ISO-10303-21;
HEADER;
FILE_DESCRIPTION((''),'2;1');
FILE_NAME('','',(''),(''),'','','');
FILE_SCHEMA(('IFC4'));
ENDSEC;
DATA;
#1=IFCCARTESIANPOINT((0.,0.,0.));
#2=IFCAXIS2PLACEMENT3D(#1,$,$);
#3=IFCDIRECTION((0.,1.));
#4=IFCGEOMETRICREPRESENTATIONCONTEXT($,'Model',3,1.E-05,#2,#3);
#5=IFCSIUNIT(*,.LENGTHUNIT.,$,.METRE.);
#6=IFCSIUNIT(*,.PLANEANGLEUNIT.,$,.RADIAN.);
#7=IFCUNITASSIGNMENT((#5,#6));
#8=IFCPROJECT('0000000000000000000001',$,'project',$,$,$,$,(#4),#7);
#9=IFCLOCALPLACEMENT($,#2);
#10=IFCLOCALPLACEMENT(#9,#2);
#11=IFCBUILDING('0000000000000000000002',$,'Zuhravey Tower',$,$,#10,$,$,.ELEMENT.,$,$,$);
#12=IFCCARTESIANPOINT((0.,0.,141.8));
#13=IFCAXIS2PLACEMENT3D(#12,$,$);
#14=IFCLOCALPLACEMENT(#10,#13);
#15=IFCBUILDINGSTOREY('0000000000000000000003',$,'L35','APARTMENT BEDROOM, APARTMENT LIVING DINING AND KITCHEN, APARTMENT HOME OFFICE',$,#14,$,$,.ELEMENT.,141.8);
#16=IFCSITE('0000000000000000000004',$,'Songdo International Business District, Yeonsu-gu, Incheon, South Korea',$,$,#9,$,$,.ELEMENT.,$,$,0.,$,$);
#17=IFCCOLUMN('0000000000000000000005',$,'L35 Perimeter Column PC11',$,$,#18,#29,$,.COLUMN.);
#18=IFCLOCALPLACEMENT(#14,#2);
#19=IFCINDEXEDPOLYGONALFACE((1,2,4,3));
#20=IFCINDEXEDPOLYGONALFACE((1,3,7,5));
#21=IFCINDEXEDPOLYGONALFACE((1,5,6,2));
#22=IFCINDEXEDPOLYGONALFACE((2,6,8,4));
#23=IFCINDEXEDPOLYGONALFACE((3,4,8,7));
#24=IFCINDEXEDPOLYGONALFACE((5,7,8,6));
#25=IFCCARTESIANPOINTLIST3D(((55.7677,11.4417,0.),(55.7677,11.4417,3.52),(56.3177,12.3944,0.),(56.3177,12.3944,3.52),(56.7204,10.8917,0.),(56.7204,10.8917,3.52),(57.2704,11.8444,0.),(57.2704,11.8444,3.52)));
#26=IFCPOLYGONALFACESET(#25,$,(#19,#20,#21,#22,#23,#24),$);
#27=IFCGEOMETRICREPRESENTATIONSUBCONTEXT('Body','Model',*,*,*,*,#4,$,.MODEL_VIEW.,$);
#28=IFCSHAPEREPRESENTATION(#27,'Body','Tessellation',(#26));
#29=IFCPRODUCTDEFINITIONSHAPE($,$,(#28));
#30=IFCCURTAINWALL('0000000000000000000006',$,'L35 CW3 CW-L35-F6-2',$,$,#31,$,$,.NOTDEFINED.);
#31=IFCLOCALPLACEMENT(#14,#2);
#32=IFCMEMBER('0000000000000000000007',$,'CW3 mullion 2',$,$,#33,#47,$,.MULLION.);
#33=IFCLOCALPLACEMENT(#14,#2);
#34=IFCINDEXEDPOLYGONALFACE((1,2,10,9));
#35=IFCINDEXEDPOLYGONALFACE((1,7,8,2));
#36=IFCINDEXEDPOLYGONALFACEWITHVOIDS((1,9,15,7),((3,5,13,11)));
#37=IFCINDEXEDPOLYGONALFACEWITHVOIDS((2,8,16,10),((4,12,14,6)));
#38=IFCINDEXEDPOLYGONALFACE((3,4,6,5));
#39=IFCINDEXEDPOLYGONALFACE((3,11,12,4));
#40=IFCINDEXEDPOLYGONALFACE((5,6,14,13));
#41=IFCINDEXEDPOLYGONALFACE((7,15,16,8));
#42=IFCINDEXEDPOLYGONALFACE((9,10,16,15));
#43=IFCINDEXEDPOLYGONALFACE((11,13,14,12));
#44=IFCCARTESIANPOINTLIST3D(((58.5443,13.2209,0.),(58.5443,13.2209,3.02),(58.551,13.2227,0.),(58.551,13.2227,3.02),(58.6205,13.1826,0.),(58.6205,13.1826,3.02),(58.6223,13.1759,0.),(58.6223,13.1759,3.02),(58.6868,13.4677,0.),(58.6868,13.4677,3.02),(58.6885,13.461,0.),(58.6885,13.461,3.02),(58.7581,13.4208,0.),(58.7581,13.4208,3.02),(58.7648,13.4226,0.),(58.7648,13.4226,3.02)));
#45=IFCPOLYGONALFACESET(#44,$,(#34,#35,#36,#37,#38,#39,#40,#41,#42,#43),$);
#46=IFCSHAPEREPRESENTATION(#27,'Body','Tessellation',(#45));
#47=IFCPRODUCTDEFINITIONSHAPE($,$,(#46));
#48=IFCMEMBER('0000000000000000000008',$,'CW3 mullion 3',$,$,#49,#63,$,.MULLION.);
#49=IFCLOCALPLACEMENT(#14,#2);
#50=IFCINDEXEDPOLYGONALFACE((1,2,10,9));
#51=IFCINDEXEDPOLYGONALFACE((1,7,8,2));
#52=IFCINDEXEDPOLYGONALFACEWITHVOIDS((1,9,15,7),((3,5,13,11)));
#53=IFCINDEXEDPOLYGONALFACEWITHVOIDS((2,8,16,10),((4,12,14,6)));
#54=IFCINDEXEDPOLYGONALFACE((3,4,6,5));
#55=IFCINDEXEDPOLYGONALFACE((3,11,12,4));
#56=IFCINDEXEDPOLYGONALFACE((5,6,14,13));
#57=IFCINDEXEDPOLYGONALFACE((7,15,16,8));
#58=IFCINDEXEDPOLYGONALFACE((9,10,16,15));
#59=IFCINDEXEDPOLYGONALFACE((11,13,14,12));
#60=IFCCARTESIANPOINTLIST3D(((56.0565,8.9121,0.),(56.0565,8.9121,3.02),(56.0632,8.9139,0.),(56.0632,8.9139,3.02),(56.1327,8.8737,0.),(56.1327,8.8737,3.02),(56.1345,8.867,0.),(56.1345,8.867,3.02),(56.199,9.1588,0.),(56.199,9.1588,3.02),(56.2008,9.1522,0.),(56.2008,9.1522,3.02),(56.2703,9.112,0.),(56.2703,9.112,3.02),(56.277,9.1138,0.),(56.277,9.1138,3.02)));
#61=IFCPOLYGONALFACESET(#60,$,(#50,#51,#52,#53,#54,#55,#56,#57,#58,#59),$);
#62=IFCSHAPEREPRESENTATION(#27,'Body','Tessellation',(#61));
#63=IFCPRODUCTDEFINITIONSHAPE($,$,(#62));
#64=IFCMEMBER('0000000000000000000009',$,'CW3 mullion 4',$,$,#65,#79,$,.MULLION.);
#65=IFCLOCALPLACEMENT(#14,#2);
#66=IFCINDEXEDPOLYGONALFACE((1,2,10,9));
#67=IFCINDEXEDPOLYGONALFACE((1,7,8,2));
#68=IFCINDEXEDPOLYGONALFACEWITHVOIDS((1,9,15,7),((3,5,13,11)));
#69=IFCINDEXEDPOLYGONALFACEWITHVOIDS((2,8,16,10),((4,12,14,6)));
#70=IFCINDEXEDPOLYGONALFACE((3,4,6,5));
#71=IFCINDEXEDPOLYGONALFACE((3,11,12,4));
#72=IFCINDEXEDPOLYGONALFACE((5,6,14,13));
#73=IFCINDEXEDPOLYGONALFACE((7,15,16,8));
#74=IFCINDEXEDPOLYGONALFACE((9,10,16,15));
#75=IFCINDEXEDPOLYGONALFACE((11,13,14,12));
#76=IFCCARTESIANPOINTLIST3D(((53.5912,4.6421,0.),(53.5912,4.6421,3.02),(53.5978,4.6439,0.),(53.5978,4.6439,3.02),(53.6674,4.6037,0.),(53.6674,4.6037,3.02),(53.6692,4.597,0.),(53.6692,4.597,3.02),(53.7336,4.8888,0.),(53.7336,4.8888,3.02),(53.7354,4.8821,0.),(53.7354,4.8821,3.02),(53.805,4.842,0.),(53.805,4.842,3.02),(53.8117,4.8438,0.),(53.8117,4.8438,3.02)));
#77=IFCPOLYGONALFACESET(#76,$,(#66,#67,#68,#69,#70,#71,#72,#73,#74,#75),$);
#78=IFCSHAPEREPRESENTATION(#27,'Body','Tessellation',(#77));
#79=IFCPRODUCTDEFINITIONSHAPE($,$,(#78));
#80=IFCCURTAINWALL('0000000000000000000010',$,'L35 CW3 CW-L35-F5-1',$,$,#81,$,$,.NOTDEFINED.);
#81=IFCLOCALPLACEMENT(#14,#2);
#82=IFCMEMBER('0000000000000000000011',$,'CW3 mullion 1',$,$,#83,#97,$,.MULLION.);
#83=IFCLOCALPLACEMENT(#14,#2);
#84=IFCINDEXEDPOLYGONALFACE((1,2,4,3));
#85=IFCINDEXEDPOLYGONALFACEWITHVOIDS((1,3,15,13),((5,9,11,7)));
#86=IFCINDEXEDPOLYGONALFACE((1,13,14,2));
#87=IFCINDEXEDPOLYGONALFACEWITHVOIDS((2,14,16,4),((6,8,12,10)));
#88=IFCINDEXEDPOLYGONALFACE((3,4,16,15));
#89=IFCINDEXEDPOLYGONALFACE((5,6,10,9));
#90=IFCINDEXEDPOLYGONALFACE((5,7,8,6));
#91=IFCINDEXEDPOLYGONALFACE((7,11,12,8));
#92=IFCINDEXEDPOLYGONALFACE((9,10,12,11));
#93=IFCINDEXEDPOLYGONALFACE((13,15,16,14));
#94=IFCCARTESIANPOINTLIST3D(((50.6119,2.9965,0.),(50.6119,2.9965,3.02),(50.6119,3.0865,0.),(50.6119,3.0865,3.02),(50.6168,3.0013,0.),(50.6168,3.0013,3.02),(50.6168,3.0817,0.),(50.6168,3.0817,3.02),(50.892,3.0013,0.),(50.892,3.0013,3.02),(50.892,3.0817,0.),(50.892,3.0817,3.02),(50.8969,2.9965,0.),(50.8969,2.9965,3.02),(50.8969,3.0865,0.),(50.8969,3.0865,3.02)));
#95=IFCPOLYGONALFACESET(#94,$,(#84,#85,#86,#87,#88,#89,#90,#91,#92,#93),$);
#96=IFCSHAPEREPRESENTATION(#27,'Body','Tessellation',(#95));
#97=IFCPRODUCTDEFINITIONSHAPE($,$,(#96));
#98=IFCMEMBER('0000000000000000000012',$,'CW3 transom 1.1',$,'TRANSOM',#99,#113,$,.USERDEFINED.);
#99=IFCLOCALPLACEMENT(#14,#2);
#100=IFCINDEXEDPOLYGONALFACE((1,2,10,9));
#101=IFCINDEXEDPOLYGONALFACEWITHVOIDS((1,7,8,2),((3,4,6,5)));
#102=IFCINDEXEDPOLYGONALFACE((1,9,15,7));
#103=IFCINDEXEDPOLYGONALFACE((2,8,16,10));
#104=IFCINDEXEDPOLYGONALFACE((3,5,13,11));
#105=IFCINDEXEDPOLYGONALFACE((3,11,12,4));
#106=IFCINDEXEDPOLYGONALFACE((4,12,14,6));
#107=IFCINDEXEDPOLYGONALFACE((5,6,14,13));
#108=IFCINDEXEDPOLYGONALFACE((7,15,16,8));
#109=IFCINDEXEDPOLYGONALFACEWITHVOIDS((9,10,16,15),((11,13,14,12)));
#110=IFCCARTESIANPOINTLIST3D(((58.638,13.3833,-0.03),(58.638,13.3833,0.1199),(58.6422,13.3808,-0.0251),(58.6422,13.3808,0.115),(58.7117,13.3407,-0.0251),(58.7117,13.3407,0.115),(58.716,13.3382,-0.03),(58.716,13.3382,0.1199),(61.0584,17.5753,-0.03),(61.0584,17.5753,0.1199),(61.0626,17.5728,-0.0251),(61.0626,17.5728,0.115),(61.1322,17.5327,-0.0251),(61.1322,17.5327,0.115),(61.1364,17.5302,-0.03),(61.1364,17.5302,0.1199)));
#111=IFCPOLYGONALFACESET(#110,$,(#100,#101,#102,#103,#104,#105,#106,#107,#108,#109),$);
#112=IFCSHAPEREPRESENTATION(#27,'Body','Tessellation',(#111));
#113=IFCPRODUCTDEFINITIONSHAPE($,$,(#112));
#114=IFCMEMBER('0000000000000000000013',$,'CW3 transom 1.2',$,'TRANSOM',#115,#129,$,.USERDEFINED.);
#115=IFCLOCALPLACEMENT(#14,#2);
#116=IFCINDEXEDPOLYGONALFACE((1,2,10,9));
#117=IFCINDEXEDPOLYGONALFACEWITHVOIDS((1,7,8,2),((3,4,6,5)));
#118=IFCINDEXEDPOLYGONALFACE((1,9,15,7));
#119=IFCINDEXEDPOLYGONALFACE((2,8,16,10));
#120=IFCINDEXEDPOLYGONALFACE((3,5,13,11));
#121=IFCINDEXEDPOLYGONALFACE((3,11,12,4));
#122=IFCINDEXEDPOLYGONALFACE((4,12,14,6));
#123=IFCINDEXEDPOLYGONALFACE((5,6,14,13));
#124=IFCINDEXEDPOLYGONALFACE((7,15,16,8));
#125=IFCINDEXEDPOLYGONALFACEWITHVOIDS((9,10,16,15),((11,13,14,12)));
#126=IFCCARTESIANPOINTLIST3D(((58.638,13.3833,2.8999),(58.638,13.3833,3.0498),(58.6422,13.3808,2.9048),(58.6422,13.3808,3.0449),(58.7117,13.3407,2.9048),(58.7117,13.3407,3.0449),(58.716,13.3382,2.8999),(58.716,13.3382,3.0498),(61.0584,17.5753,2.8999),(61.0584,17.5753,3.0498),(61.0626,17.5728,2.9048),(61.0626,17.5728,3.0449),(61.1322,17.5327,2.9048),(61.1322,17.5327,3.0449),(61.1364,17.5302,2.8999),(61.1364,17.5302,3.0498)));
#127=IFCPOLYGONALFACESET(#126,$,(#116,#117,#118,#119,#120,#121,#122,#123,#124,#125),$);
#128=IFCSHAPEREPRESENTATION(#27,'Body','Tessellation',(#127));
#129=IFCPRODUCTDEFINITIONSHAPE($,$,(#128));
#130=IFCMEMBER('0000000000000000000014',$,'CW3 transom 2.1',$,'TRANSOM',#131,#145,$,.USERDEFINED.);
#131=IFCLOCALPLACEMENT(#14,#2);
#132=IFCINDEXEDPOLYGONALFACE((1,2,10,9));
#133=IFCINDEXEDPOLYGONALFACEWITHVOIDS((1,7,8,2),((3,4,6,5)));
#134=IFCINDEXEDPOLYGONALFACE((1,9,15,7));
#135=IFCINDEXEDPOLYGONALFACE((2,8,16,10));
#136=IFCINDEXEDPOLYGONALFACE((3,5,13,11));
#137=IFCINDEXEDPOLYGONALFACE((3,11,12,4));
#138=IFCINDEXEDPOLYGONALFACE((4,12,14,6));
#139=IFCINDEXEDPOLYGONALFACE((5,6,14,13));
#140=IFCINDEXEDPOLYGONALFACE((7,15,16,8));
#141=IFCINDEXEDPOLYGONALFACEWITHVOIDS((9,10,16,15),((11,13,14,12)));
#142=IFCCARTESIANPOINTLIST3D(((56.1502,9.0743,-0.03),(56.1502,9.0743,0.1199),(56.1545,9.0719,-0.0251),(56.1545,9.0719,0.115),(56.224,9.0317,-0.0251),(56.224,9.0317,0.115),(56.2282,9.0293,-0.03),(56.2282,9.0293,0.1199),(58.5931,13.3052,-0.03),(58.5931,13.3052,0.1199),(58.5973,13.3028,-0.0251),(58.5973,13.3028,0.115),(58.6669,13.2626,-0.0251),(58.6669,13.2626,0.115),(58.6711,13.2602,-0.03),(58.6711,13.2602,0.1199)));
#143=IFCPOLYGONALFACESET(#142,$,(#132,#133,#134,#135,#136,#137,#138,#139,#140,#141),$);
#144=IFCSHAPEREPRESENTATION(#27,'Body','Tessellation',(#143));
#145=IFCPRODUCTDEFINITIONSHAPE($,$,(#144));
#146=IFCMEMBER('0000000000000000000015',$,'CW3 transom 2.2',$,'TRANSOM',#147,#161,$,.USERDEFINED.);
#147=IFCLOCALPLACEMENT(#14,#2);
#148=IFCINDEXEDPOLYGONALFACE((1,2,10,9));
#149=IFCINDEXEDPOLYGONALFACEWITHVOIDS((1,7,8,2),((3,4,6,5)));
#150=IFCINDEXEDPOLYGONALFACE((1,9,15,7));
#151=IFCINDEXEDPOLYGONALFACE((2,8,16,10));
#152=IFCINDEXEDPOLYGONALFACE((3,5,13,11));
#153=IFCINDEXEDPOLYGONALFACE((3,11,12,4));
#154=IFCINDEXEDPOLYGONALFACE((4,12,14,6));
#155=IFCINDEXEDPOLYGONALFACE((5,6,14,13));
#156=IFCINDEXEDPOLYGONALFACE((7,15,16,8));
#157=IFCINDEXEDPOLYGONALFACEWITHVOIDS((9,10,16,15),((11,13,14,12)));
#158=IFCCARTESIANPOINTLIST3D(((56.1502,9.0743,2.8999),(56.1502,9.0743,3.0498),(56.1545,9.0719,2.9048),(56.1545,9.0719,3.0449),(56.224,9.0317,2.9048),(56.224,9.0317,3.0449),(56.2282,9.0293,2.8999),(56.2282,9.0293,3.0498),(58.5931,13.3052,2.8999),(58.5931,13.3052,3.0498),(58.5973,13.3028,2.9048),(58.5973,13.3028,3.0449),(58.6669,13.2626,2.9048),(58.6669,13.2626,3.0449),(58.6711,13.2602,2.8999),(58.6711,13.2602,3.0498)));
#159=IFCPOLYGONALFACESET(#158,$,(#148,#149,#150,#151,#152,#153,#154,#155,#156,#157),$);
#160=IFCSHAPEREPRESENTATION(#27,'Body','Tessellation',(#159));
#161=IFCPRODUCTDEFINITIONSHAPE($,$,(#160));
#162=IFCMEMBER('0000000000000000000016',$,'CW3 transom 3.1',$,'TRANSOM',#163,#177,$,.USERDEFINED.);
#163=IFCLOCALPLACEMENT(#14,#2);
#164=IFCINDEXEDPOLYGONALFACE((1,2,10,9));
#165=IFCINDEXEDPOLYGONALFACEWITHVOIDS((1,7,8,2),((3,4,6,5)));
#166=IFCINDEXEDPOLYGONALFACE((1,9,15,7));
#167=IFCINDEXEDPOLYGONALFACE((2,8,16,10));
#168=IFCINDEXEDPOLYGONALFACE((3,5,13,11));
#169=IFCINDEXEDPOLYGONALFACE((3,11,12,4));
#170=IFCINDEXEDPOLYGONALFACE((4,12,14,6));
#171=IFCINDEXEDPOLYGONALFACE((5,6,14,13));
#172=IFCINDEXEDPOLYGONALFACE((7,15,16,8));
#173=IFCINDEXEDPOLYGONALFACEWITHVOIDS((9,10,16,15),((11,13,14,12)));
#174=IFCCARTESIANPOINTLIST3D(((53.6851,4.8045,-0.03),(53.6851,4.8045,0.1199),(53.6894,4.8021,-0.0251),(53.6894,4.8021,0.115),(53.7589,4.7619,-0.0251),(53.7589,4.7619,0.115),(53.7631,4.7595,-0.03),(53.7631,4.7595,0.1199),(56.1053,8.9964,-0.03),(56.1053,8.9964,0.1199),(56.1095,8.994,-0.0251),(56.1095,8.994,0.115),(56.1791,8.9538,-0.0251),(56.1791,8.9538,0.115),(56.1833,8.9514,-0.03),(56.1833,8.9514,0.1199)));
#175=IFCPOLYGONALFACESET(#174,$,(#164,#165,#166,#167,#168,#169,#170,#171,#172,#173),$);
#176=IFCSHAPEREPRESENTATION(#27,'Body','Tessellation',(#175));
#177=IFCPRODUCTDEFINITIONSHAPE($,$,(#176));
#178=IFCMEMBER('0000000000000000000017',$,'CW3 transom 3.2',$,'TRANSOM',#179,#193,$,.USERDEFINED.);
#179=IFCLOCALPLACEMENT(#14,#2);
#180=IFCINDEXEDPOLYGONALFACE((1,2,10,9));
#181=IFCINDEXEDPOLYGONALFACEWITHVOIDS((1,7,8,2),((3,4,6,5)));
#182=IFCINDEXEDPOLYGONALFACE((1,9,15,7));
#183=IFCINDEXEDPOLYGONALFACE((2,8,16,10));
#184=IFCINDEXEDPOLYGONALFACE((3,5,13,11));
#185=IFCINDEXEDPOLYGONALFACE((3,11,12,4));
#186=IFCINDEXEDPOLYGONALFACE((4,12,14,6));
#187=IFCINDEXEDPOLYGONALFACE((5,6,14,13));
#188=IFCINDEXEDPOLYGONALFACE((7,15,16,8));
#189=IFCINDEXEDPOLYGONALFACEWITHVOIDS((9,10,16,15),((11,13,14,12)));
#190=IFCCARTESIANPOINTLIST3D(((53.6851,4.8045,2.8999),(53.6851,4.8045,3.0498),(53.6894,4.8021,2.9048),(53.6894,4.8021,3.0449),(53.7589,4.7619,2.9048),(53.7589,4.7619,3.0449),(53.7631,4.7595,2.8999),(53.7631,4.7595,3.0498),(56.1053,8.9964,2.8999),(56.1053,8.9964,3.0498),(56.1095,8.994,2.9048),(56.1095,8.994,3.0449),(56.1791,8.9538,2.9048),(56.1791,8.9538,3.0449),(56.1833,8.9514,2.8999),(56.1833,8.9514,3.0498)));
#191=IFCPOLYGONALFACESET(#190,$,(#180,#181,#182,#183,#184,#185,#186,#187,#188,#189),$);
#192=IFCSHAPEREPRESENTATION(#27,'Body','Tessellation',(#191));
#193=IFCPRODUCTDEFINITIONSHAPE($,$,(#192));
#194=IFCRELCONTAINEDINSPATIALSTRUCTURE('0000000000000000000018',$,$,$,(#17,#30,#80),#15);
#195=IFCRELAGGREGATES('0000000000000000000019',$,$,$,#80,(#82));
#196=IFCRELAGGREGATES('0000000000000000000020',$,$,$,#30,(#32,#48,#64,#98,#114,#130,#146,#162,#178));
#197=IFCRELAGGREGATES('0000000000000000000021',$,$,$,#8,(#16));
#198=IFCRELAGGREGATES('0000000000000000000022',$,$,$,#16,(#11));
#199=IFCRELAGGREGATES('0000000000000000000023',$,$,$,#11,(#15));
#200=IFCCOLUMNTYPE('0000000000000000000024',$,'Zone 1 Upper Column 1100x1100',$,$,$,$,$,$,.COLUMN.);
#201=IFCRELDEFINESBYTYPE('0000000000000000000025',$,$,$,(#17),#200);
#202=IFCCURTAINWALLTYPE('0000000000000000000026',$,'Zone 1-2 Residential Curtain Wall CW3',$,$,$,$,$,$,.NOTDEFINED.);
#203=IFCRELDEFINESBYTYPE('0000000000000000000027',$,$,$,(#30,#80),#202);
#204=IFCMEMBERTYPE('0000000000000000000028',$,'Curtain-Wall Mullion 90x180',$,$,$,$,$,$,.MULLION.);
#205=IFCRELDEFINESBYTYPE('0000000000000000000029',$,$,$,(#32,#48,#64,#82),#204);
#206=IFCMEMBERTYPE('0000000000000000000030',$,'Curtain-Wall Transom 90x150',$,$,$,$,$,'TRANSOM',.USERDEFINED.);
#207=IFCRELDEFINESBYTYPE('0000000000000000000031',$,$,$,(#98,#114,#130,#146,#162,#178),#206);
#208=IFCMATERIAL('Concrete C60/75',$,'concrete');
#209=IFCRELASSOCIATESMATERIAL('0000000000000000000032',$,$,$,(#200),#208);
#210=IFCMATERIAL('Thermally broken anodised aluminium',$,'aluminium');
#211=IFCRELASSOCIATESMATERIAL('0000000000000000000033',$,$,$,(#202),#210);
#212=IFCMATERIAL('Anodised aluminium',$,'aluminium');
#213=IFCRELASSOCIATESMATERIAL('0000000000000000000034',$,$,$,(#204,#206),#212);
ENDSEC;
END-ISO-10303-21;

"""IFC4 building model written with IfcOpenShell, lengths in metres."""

from ifc_helpers import new_model, si_unit, direction, frame, origin, origin_2d, place, context, subcontext, project, spatial, rectangle, hollow_rectangle, extrude, material, material_profile, profile_set, type_object, element, aggregate, save


model = new_model("IFC4")

# Units and contexts
model_context = context("Model", 3, precision=1e-05, world=origin(), true_north=direction((0.0, 1.0)))
body_context = subcontext(model_context, "Body", "Model", "MODEL_VIEW")
ifc_project = project(units=[si_unit("LENGTHUNIT", "METRE"), si_unit("PLANEANGLEUNIT", "RADIAN")], contexts=[model_context])

# Site, building, storey
site_placement = place(None, origin())
site = spatial("IfcSite", under=ifc_project, at=site_placement, Name="Songdo International Business District, Yeonsu-gu, Incheon, South Korea", CompositionType="ELEMENT", RefElevation=0.0)
building_placement = place(site_placement, origin())
building = spatial("IfcBuilding", under=site, at=building_placement, Name="Zuhravey Tower", CompositionType="ELEMENT")
storey_placement = place(building_placement, frame((0.0, 0.0, 141.8)))
storey = spatial("IfcBuildingStorey", under=building, at=storey_placement, Name="L35", Description="APARTMENT BEDROOM, APARTMENT LIVING DINING AND KITCHEN, APARTMENT HOME OFFICE", CompositionType="ELEMENT", Elevation=141.8)

# Column
ifc_material_1 = material(Name="Concrete C60/75", Category="concrete")
ifc_material_profile_1 = material_profile(ifc_material_1, rectangle(XDim=1.1001, YDim=1.1001, at=origin_2d()), Name="RC-1100x1100")
ifc_profile_set_1 = profile_set([ifc_material_profile_1], Name="Concrete C60/75")
column_type = type_object("IfcColumnType", Name="Zone 1 Upper Column 1100x1100", PredefinedType="COLUMN", material=ifc_profile_set_1)
column_placement = place(storey_placement, frame((56.519, 11.6431, 0.0), z_axis=(0.0, 0.0, 1.0), x_axis=(0.5, 0.866025, 0.0)))
element("IfcColumn", 1, at=column_placement, inside=storey, type_object=column_type, Name="L35 Perimeter Column PC11", PredefinedType="COLUMN", context=body_context, shape_type="SweptSolid", body=[
    extrude(rectangle(XDim=1.1001, YDim=1.1001, at=origin_2d()), origin(), (0.0, 0.0, 1.0), 3.52),
])

# Curtain wall, members
ifc_material_2 = material(Name="Thermally broken anodised aluminium", Category="aluminium")
curtain_wall_type = type_object("IfcCurtainWallType", Name="Zone 1-2 Residential Curtain Wall CW3", PredefinedType="NOTDEFINED", material=ifc_material_2)
curtain_wall_1_placement = place(storey_placement, origin())
curtain_wall_1 = element("IfcCurtainWall", 2, at=curtain_wall_1_placement, inside=storey, type_object=curtain_wall_type, Name="L35 CW3 CW-L35-F6-2", PredefinedType="NOTDEFINED")
ifc_material_3 = material(Name="Anodised aluminium", Category="aluminium")
ifc_material_profile_2 = material_profile(ifc_material_3, hollow_rectangle(XDim=0.0901, YDim=0.2849, WallThickness=0.0049, at=origin_2d()), Name="ALU-RHS-90x285x5")
ifc_profile_set_2 = profile_set([ifc_material_profile_2], Name="Anodised aluminium")
member_type_1 = type_object("IfcMemberType", Name="Curtain-Wall Mullion 90x180", PredefinedType="MULLION", material=ifc_profile_set_2)
member_1_placement = place(storey_placement, frame((58.6545, 13.3218, 0.0), z_axis=(0.0, 0.0, 1.0), x_axis=(0.866023, -0.500003, 0.0)))
member_1 = element("IfcMember", 3, at=member_1_placement, type_object=member_type_1, Name="CW3 mullion 2", PredefinedType="MULLION", context=body_context, shape_type="SweptSolid", body=[
    extrude(hollow_rectangle(XDim=0.0901, YDim=0.2849, WallThickness=0.0049, at=origin_2d()), origin(), (0.0, 0.0, 1.0), 3.02),
])
member_2_placement = place(storey_placement, frame((56.1667, 9.0129, 0.0), z_axis=(0.0, 0.0, 1.0), x_axis=(0.866023, -0.500003, 0.0)))
member_2 = element("IfcMember", 4, at=member_2_placement, type_object=member_type_1, Name="CW3 mullion 3", PredefinedType="MULLION", context=body_context, shape_type="SweptSolid", body=[
    extrude(hollow_rectangle(XDim=0.0901, YDim=0.2849, WallThickness=0.0049, at=origin_2d()), origin(), (0.0, 0.0, 1.0), 3.02),
])
member_3_placement = place(storey_placement, frame((53.7014, 4.7429, 0.0), z_axis=(0.0, 0.0, 1.0), x_axis=(0.866023, -0.500003, 0.0)))
member_3 = element("IfcMember", 5, at=member_3_placement, type_object=member_type_1, Name="CW3 mullion 4", PredefinedType="MULLION", context=body_context, shape_type="SweptSolid", body=[
    extrude(hollow_rectangle(XDim=0.0901, YDim=0.2849, WallThickness=0.0049, at=origin_2d()), origin(), (0.0, 0.0, 1.0), 3.02),
])

# Curtain wall, member
curtain_wall_2_placement = place(storey_placement, origin())
curtain_wall_2 = element("IfcCurtainWall", 6, at=curtain_wall_2_placement, inside=storey, type_object=curtain_wall_type, Name="L35 CW3 CW-L35-F5-1", PredefinedType="NOTDEFINED")
member_4_placement = place(storey_placement, frame((50.7544, 3.0415, 0.0), z_axis=(0.0, 0.0, 1.0), x_axis=(0.0, -1.0, 0.0)))
member_4 = element("IfcMember", 7, at=member_4_placement, type_object=member_type_1, Name="CW3 mullion 1", PredefinedType="MULLION", context=body_context, shape_type="SweptSolid", body=[
    extrude(hollow_rectangle(XDim=0.0901, YDim=0.2849, WallThickness=0.0049, at=origin_2d()), origin(), (0.0, 0.0, 1.0), 3.02),
])

# Members
ifc_material_profile_3 = material_profile(ifc_material_3, hollow_rectangle(XDim=0.0901, YDim=0.1499, WallThickness=0.0049, at=origin_2d()), Name="ALU-RHS-90x150x5")
ifc_profile_set_3 = profile_set([ifc_material_profile_3], Name="Anodised aluminium")
member_type_2 = type_object("IfcMemberType", Name="Curtain-Wall Transom 90x150", ElementType="TRANSOM", PredefinedType="USERDEFINED", material=ifc_profile_set_3)
member_5_placement = place(storey_placement, frame((61.0974, 17.5527, 0.0449), z_axis=(-0.500034, -0.866006, 0.0), x_axis=(0.866006, -0.500034, 0.0)))
member_5 = element("IfcMember", 8, at=member_5_placement, type_object=member_type_2, Name="CW3 transom 1.1", ObjectType="TRANSOM", PredefinedType="USERDEFINED", context=body_context, shape_type="SweptSolid", body=[
    extrude(hollow_rectangle(XDim=0.0901, YDim=0.1499, WallThickness=0.0049, at=origin_2d()), origin(), (0.0, 0.0, 1.0), 4.8406),
])
member_6_placement = place(storey_placement, frame((61.0974, 17.5527, 2.9749), z_axis=(-0.500034, -0.866006, 0.0), x_axis=(0.866006, -0.500034, 0.0)))
member_6 = element("IfcMember", 9, at=member_6_placement, type_object=member_type_2, Name="CW3 transom 1.2", ObjectType="TRANSOM", PredefinedType="USERDEFINED", context=body_context, shape_type="SweptSolid", body=[
    extrude(hollow_rectangle(XDim=0.0901, YDim=0.1499, WallThickness=0.0049, at=origin_2d()), origin(), (0.0, 0.0, 1.0), 4.8406),
])
member_7_placement = place(storey_placement, frame((58.6321, 13.2827, 0.0449), z_axis=(-0.500019, -0.866014, 0.0), x_axis=(0.866014, -0.500019, 0.0)))
member_7 = element("IfcMember", 10, at=member_7_placement, type_object=member_type_2, Name="CW3 transom 2.1", ObjectType="TRANSOM", PredefinedType="USERDEFINED", context=body_context, shape_type="SweptSolid", body=[
    extrude(hollow_rectangle(XDim=0.0901, YDim=0.1499, WallThickness=0.0049, at=origin_2d()), origin(), (0.0, 0.0, 1.0), 4.8855),
])
member_8_placement = place(storey_placement, frame((58.6321, 13.2827, 2.9749), z_axis=(-0.500019, -0.866014, 0.0), x_axis=(0.866014, -0.500019, 0.0)))
member_8 = element("IfcMember", 11, at=member_8_placement, type_object=member_type_2, Name="CW3 transom 2.2", ObjectType="TRANSOM", PredefinedType="USERDEFINED", context=body_context, shape_type="SweptSolid", body=[
    extrude(hollow_rectangle(XDim=0.0901, YDim=0.1499, WallThickness=0.0049, at=origin_2d()), origin(), (0.0, 0.0, 1.0), 4.8855),
])
member_9_placement = place(storey_placement, frame((56.1443, 8.9739, 0.0449), z_axis=(-0.499996, -0.866028, 0.0), x_axis=(0.866028, -0.499996, 0.0)))
member_9 = element("IfcMember", 12, at=member_9_placement, type_object=member_type_2, Name="CW3 transom 3.1", ObjectType="TRANSOM", PredefinedType="USERDEFINED", context=body_context, shape_type="SweptSolid", body=[
    extrude(hollow_rectangle(XDim=0.0901, YDim=0.1499, WallThickness=0.0049, at=origin_2d()), origin(), (0.0, 0.0, 1.0), 4.8403),
])
member_10_placement = place(storey_placement, frame((56.1443, 8.9739, 2.9749), z_axis=(-0.499996, -0.866028, 0.0), x_axis=(0.866028, -0.499996, 0.0)))
member_10 = element("IfcMember", 13, at=member_10_placement, type_object=member_type_2, Name="CW3 transom 3.2", ObjectType="TRANSOM", PredefinedType="USERDEFINED", context=body_context, shape_type="SweptSolid", body=[
    extrude(hollow_rectangle(XDim=0.0901, YDim=0.1499, WallThickness=0.0049, at=origin_2d()), origin(), (0.0, 0.0, 1.0), 4.8403),
])
aggregate(curtain_wall_2, [member_4])

aggregate(curtain_wall_1, [member_1, member_2, member_3, member_5, member_6, member_7, member_8, member_9, member_10])

save(model, "model.ifc")
